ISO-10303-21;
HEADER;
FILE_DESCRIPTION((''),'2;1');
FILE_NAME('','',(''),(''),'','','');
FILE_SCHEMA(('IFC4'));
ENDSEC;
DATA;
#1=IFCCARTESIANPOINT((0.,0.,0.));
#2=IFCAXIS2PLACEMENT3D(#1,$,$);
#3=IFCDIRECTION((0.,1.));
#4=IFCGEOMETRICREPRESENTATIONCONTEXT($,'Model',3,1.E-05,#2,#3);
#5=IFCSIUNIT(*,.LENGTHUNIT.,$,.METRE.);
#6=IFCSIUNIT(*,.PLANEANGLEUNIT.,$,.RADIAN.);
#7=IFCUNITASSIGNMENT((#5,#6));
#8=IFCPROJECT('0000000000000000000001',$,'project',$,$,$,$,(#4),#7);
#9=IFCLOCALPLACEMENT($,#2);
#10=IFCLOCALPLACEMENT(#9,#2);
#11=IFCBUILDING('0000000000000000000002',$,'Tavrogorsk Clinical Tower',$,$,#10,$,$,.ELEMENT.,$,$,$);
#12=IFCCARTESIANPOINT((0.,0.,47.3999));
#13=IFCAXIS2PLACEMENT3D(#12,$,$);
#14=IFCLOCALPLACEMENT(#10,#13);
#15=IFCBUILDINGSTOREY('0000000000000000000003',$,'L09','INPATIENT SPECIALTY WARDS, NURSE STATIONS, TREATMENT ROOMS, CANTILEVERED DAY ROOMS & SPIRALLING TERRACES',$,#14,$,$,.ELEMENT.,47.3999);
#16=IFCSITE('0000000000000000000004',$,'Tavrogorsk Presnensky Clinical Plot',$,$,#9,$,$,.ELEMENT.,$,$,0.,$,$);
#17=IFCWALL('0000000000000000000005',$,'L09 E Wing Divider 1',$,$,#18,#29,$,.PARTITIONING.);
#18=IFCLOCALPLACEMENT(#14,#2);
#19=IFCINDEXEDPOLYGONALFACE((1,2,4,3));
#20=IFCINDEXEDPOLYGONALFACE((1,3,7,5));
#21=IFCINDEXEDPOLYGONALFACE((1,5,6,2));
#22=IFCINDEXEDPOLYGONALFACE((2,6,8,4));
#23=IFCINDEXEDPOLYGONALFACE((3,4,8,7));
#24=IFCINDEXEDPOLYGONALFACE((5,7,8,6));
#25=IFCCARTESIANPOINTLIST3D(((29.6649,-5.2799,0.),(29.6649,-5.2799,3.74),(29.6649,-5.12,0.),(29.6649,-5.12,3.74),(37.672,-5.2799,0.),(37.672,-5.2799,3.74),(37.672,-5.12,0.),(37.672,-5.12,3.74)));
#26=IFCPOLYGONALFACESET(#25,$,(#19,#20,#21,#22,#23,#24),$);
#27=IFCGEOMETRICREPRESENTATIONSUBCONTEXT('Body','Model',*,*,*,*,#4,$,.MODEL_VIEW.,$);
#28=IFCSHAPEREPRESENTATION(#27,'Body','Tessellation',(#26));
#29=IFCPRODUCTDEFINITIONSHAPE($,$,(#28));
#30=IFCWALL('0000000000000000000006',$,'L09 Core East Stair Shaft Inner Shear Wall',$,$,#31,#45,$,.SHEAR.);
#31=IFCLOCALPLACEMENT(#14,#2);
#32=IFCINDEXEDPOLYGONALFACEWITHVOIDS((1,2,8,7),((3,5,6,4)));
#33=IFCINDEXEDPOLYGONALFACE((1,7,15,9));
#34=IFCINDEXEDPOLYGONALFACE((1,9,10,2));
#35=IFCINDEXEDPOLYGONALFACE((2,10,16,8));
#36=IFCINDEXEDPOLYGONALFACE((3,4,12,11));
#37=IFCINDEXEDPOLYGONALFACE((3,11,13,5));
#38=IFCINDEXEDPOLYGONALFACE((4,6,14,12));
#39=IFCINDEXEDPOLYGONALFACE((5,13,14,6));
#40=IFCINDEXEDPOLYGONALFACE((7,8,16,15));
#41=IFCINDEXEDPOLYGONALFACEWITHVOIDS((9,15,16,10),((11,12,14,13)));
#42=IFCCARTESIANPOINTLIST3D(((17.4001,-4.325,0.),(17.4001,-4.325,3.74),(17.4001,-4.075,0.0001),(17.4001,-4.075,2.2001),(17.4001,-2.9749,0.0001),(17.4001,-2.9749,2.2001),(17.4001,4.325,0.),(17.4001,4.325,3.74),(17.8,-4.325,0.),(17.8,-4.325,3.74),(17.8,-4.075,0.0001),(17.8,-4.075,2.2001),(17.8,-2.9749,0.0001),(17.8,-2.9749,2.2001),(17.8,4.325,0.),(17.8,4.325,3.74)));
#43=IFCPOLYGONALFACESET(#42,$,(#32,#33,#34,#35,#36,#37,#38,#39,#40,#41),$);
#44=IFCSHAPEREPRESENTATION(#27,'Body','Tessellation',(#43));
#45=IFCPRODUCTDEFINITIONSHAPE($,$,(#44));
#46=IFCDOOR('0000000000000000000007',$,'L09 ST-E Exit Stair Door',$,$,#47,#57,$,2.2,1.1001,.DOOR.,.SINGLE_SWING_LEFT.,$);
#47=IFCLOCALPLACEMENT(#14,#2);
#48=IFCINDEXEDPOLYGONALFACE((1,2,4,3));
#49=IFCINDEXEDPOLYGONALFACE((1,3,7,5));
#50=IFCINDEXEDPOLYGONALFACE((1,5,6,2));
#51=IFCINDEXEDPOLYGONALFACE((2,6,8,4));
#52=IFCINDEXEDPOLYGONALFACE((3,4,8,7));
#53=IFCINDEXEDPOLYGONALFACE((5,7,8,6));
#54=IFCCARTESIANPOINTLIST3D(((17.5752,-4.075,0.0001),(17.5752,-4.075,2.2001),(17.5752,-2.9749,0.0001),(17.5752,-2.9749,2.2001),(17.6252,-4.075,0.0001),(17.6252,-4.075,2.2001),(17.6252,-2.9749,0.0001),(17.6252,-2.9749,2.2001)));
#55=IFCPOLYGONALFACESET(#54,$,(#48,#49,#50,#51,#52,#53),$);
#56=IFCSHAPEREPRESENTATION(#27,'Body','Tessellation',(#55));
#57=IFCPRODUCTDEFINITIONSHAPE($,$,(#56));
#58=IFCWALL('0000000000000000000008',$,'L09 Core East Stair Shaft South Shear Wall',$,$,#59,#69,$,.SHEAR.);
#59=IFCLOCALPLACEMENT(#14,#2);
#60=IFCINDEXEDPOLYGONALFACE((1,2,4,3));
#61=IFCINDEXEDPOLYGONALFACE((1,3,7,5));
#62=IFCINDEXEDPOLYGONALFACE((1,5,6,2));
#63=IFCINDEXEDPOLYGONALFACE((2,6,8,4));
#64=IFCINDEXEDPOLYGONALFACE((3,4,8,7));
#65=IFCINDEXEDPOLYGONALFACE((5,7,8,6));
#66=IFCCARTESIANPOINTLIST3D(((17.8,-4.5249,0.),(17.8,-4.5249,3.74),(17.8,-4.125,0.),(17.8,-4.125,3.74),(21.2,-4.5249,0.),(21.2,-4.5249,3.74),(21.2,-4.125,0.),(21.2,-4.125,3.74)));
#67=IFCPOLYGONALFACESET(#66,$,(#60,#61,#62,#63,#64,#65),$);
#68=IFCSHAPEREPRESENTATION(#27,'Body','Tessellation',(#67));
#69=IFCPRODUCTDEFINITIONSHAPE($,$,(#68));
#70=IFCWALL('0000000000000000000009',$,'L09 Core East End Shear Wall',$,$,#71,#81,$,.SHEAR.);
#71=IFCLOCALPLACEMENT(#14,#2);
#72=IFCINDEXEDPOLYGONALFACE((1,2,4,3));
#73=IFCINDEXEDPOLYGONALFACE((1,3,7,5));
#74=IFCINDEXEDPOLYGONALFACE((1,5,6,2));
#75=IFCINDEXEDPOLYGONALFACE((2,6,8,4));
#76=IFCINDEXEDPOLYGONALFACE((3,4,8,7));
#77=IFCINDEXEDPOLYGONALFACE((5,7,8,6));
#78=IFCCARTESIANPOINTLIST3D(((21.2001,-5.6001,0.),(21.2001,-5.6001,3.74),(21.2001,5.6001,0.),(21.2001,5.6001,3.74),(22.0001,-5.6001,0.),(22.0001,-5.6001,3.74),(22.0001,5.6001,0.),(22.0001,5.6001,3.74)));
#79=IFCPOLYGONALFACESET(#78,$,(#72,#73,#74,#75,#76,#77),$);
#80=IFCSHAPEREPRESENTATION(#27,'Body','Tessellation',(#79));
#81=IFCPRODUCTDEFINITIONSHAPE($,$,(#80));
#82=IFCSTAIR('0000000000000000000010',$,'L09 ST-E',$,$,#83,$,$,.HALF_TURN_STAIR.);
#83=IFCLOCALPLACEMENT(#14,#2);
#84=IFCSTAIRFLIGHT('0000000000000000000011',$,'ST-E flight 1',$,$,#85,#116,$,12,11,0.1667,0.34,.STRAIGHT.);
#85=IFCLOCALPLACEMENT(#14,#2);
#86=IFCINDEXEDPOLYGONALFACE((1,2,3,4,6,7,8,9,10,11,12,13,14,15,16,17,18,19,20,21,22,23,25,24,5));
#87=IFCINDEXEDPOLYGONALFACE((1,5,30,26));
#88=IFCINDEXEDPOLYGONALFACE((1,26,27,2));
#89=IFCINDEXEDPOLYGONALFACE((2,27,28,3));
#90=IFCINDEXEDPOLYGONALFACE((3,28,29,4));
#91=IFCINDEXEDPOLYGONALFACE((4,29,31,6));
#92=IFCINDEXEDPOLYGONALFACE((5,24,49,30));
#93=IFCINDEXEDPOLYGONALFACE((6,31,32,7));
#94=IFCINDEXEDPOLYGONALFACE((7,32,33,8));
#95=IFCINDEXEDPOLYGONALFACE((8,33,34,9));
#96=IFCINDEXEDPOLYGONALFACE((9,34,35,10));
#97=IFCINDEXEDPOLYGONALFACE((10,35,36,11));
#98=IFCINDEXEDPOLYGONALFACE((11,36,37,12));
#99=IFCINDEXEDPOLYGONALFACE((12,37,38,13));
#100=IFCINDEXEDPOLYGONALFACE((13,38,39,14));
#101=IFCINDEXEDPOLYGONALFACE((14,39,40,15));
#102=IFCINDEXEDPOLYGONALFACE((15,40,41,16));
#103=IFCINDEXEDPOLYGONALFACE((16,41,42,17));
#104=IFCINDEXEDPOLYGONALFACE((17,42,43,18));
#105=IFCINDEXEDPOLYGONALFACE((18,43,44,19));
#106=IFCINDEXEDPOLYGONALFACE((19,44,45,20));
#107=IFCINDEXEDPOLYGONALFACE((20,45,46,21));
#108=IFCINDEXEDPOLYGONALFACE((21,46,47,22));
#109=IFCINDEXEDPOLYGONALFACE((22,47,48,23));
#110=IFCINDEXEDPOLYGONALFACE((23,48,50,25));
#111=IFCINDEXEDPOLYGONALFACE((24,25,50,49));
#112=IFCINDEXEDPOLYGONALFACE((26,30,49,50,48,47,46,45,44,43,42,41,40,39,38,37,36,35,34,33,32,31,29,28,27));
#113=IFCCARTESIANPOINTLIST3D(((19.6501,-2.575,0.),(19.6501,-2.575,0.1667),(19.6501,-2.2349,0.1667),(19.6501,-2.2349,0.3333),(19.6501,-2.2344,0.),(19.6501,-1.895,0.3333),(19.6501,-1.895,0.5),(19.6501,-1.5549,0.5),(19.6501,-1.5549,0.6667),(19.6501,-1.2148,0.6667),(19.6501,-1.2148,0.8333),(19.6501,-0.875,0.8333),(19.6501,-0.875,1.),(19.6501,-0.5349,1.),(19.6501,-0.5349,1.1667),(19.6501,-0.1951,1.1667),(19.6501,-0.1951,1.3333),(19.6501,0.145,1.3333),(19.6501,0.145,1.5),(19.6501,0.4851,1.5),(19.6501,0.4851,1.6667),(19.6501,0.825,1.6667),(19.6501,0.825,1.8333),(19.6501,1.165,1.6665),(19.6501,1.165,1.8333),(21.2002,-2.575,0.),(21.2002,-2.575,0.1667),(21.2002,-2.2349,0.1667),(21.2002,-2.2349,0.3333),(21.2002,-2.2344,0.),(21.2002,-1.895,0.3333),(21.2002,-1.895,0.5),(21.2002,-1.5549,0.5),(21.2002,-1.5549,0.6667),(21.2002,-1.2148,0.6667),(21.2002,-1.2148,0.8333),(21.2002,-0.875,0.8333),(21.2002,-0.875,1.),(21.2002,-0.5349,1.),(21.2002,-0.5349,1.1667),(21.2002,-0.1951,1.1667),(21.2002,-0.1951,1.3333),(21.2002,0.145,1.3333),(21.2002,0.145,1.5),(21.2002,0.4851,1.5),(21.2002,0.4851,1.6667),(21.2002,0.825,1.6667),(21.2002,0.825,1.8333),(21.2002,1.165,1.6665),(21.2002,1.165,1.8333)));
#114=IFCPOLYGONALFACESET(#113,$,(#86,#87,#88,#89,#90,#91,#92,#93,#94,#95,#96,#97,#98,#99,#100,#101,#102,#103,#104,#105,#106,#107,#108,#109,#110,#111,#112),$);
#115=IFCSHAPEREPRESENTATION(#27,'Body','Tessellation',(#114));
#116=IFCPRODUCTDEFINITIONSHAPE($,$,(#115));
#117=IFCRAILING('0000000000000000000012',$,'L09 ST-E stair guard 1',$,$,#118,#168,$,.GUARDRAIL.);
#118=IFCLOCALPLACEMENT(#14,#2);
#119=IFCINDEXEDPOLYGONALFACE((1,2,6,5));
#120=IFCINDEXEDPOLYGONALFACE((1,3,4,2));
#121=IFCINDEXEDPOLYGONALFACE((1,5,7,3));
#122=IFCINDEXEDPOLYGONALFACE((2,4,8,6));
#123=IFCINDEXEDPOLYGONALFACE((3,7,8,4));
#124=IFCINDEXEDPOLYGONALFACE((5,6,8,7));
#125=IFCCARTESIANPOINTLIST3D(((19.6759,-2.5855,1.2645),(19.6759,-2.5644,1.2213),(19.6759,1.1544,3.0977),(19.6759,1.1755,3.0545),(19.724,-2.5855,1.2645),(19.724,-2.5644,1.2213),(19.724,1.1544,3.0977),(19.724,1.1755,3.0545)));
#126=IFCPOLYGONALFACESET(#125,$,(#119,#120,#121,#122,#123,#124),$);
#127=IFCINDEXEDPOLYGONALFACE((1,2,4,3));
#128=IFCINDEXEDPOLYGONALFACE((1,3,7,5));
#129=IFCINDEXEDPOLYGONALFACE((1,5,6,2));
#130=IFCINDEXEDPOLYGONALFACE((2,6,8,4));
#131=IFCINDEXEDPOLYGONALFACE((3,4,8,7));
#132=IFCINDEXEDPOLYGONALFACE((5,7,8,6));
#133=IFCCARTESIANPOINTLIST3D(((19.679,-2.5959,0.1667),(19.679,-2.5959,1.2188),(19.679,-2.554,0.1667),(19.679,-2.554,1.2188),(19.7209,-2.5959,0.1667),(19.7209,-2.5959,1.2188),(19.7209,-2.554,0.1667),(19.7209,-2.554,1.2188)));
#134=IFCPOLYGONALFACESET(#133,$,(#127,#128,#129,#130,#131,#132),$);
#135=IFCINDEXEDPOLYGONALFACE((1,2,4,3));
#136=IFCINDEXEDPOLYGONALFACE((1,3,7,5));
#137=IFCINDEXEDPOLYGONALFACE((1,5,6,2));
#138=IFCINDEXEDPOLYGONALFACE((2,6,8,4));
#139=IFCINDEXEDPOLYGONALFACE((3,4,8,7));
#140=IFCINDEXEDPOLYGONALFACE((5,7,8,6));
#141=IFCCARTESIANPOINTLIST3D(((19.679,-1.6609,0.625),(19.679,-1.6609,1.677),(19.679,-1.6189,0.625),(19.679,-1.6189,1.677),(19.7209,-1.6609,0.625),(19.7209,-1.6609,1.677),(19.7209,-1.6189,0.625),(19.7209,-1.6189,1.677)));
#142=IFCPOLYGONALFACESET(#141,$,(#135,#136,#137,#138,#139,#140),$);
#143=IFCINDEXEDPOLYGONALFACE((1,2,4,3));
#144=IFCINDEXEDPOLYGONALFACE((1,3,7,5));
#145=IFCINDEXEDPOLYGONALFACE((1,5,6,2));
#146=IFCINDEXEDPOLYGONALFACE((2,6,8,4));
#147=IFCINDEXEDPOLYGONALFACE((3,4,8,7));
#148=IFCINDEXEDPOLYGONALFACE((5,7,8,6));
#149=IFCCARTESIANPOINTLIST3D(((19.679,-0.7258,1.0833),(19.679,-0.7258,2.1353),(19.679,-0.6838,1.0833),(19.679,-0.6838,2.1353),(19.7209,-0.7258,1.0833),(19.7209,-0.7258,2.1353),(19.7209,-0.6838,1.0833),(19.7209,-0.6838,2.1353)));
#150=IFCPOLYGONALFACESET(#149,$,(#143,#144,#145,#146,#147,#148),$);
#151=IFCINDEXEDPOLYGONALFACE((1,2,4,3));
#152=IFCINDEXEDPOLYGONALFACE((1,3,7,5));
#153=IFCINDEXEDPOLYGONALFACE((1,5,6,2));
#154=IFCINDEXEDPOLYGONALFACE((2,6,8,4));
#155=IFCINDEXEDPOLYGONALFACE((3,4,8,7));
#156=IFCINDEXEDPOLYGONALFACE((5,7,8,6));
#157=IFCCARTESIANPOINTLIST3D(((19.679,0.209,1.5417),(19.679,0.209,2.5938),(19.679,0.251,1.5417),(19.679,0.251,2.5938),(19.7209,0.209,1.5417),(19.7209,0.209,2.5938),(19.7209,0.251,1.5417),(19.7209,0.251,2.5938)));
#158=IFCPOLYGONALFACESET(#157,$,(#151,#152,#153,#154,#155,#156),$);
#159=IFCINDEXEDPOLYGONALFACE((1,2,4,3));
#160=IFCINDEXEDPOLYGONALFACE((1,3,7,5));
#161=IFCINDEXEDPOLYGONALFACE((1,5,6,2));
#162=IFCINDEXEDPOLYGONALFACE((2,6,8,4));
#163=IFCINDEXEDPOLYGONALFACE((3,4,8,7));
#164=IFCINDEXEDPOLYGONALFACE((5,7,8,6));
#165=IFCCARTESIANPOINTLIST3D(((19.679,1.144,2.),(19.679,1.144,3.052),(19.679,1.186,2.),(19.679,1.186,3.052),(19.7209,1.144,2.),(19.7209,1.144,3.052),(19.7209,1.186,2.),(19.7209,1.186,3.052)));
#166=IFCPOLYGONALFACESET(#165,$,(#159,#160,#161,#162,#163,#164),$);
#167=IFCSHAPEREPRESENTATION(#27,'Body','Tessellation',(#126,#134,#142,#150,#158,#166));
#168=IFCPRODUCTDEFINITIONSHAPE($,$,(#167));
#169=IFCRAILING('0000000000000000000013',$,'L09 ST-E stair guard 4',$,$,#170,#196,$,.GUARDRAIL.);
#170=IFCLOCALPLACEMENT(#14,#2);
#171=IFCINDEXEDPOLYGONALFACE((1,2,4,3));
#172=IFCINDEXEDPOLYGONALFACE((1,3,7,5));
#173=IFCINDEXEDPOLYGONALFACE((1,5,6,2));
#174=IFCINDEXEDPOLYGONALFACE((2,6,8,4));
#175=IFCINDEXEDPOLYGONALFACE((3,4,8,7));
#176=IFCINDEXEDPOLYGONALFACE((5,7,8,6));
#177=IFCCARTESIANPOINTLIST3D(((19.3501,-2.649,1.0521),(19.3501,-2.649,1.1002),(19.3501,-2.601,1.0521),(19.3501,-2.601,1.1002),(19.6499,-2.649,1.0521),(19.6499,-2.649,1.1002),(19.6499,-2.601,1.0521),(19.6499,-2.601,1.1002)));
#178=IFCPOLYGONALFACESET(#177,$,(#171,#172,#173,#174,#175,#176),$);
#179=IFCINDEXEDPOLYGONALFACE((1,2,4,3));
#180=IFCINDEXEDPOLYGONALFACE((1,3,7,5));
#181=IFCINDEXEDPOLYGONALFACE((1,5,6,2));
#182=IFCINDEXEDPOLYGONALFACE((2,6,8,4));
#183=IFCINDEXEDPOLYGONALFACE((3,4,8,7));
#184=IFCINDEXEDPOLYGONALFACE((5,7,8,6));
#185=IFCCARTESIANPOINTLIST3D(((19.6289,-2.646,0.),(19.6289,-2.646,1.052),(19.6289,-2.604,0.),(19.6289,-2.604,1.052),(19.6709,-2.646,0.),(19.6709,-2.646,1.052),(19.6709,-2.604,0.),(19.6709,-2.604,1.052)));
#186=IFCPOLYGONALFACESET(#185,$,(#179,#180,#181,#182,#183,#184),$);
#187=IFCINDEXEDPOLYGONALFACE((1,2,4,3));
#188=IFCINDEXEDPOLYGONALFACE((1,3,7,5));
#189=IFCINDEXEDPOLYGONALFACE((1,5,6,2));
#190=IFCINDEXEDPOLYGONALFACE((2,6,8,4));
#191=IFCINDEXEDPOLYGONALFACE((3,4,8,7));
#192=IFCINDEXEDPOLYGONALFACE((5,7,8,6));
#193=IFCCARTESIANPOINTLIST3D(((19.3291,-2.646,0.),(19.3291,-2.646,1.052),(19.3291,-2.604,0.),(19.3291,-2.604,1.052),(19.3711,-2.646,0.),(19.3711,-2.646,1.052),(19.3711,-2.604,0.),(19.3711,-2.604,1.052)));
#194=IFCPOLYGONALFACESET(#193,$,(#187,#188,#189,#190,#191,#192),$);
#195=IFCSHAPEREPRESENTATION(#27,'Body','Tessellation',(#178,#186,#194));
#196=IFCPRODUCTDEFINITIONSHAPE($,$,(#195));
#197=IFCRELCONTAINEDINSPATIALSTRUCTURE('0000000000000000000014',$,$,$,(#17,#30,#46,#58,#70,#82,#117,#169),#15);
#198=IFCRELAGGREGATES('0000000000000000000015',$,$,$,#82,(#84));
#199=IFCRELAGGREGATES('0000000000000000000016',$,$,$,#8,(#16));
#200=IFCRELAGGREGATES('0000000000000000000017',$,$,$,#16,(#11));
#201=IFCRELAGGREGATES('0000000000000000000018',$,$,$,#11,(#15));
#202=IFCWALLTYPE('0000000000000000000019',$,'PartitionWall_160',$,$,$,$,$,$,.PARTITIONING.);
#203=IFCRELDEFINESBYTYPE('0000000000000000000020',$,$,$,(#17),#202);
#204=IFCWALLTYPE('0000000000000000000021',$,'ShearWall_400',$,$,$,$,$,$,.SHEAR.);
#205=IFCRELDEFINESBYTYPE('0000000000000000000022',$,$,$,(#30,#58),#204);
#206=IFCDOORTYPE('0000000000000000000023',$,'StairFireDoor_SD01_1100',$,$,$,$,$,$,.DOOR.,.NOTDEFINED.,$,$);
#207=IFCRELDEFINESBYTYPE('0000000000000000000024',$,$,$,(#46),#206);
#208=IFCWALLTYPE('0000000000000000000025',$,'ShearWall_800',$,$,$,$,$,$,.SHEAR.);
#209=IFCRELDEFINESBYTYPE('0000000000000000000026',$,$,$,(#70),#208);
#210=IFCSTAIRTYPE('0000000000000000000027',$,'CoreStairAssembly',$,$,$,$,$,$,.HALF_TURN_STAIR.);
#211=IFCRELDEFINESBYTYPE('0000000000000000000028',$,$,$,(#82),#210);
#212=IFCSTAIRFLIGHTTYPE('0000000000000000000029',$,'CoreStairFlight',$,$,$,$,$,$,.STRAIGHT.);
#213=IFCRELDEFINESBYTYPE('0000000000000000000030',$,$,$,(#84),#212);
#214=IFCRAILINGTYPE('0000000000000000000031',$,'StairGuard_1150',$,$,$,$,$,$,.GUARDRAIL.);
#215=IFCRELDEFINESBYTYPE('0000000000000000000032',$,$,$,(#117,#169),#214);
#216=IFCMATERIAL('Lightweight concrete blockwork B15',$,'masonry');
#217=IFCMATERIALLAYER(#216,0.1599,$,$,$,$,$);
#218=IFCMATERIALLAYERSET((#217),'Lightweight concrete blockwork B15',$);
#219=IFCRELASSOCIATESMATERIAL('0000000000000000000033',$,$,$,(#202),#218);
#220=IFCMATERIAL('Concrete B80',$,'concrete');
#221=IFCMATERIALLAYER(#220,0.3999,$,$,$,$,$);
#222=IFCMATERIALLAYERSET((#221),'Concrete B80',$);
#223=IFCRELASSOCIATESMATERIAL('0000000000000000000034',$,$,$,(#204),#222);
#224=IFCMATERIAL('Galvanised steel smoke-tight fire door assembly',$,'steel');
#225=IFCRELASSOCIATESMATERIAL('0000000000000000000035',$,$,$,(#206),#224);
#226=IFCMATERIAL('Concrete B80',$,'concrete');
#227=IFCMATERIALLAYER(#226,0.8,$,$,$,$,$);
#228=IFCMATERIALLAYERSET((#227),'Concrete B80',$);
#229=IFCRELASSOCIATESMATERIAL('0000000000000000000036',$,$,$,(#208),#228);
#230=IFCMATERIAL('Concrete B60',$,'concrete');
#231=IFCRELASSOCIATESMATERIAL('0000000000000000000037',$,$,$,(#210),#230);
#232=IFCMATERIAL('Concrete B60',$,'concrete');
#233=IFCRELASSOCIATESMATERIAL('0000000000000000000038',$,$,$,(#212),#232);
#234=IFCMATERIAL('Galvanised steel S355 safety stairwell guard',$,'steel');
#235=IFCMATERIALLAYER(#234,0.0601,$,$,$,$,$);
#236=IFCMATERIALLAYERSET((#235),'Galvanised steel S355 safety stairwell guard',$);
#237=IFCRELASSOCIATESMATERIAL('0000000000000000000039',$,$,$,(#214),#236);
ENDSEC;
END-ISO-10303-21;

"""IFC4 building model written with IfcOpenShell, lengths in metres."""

from ifc_helpers import new_model, si_unit, direction, frame, frame_2d, origin, origin_2d, place, context, subcontext, project, spatial, polyline, rectangle, outline, extrude, material, layer, layer_set, type_object, element, fill, aggregate, save


model = new_model("IFC4")

# Units and contexts
model_context = context("Model", 3, precision=1e-05, world=origin(), true_north=direction((0.0, 1.0)))
body_context = subcontext(model_context, "Body", "Model", "MODEL_VIEW")
ifc_project = project(units=[si_unit("LENGTHUNIT", "METRE"), si_unit("PLANEANGLEUNIT", "RADIAN")], contexts=[model_context])

# Site, building, storey
site_placement = place(None, origin())
site = spatial("IfcSite", under=ifc_project, at=site_placement, Name="Tavrogorsk Presnensky Clinical Plot", CompositionType="ELEMENT", RefElevation=0.0)
building_placement = place(site_placement, origin())
building = spatial("IfcBuilding", under=site, at=building_placement, Name="Tavrogorsk Clinical Tower", CompositionType="ELEMENT")
storey_placement = place(building_placement, frame((0.0, 0.0, 47.3999)))
storey = spatial("IfcBuildingStorey", under=building, at=storey_placement, Name="L09", Description="INPATIENT SPECIALTY WARDS, NURSE STATIONS, TREATMENT ROOMS, CANTILEVERED DAY ROOMS & SPIRALLING TERRACES", CompositionType="ELEMENT", Elevation=47.3999)

# Shared definitions
ifc_material_1 = material(Name="Lightweight concrete blockwork B15", Category="masonry")
ifc_layer_1 = layer(ifc_material_1, 0.1599)
ifc_layer_set_1 = layer_set([ifc_layer_1], Name="Lightweight concrete blockwork B15")
wall_type_1 = type_object("IfcWallType", Name="PartitionWall_160", PredefinedType="PARTITIONING", material=ifc_layer_set_1)

# Wall
wall_1_placement = place(storey_placement, frame((29.665, -5.2, 0.0), z_axis=(0.0, 0.0, 1.0), x_axis=(1.0, 0.0, 0.0)))
element("IfcWall", 1, at=wall_1_placement, inside=storey, type_object=wall_type_1, Name="L09 E Wing Divider 1", PredefinedType="PARTITIONING", context=body_context, shape_type="SweptSolid", body=[
    extrude(rectangle(XDim=8.0071, YDim=0.1599, at=frame_2d((4.0034, 0.0))), origin(), (0.0, 0.0, 1.0), 3.74),
])

# Wall, opening, door
ifc_material_2 = material(Name="Concrete B80", Category="concrete")
ifc_layer_2 = layer(ifc_material_2, 0.3999)
ifc_layer_set_2 = layer_set([ifc_layer_2], Name="Concrete B80")
wall_type_2 = type_object("IfcWallType", Name="ShearWall_400", PredefinedType="SHEAR", material=ifc_layer_set_2)
wall_2_placement = place(storey_placement, frame((17.6001, -4.325, 0.0), z_axis=(0.0, 0.0, 1.0), x_axis=(0.0, 1.0, 0.0)))
wall_2 = element("IfcWall", 2, at=wall_2_placement, inside=storey, type_object=wall_type_2, Name="L09 Core East Stair Shaft Inner Shear Wall", PredefinedType="SHEAR", context=body_context, shape_type="SweptSolid", body=[
    extrude(rectangle(XDim=8.6499, YDim=0.3999, at=frame_2d((4.325, 0.0))), origin(), (0.0, 0.0, 1.0), 3.74),
])
opening_1_placement = place(wall_2_placement, frame((0.25, 0.0, 0.0)))
opening_1 = element("IfcOpeningElement", 3, at=opening_1_placement, cuts=wall_2, PredefinedType="OPENING", context=body_context, shape_type="SweptSolid", body=[
    extrude(rectangle(XDim=1.1001, YDim=2.2, at=frame_2d((0.55, 1.1001))), frame((0.0, 0.21, 0.0), z_axis=(0.0, -1.0, 0.0), x_axis=(1.0, 0.0, 0.0)), (0.0, 0.0, 1.0), 0.4199),
])
ifc_material_3 = material(Name="Galvanised steel smoke-tight fire door assembly", Category="steel")
door_type_1 = type_object("IfcDoorType", Name="StairFireDoor_SD01_1100", OperationType="NOTDEFINED", PredefinedType="DOOR", material=ifc_material_3)
door_1_placement = place(opening_1_placement, origin())
door_1 = element("IfcDoor", 4, at=door_1_placement, inside=storey, type_object=door_type_1, Name="L09 ST-E Exit Stair Door", OperationType="SINGLE_SWING_LEFT", OverallHeight=2.2, OverallWidth=1.1001, PredefinedType="DOOR", context=body_context, shape_type="SweptSolid", body=[
    extrude(rectangle(XDim=1.1001, YDim=2.2, at=frame_2d((0.55, 1.1001))), frame((0.0, 0.0249, 0.0), z_axis=(0.0, -1.0, 0.0), x_axis=(1.0, 0.0, 0.0)), (0.0, 0.0, 1.0), 0.05),
])
fill(opening_1, door_1)

# Walls
wall_3_placement = place(storey_placement, frame((17.8, -4.325, 0.0), z_axis=(0.0, 0.0, 1.0), x_axis=(1.0, 0.0, 0.0)))
element("IfcWall", 5, at=wall_3_placement, inside=storey, type_object=wall_type_2, Name="L09 Core East Stair Shaft South Shear Wall", PredefinedType="SHEAR", context=body_context, shape_type="SweptSolid", body=[
    extrude(rectangle(XDim=3.3999, YDim=0.3999, at=frame_2d((1.7, 0.0))), origin(), (0.0, 0.0, 1.0), 3.74),
])
ifc_material_4 = material(Name="Concrete B80", Category="concrete")
ifc_layer_3 = layer(ifc_material_4, 0.8)
ifc_layer_set_3 = layer_set([ifc_layer_3], Name="Concrete B80")
wall_type_3 = type_object("IfcWallType", Name="ShearWall_800", PredefinedType="SHEAR", material=ifc_layer_set_3)
wall_4_placement = place(storey_placement, frame((21.6001, -5.6001, 0.0), z_axis=(0.0, 0.0, 1.0), x_axis=(0.0, 1.0, 0.0)))
element("IfcWall", 6, at=wall_4_placement, inside=storey, type_object=wall_type_3, Name="L09 Core East End Shear Wall", PredefinedType="SHEAR", context=body_context, shape_type="SweptSolid", body=[
    extrude(rectangle(XDim=11.2002, YDim=0.8, at=frame_2d((5.6001, 0.0))), origin(), (0.0, 0.0, 1.0), 3.74),
])

# Stair, stair flight
ifc_material_5 = material(Name="Concrete B60", Category="concrete")
stair_type = type_object("IfcStairType", Name="CoreStairAssembly", PredefinedType="HALF_TURN_STAIR", material=ifc_material_5)
stair_placement = place(storey_placement, origin())
stair = element("IfcStair", 7, at=stair_placement, inside=storey, type_object=stair_type, Name="L09 ST-E", PredefinedType="HALF_TURN_STAIR")
ifc_material_6 = material(Name="Concrete B60", Category="concrete")
stair_flight_type = type_object("IfcStairFlightType", Name="CoreStairFlight", PredefinedType="STRAIGHT", material=ifc_material_6)
stair_flight_placement = place(storey_placement, frame((20.425, -2.575, 0.0), z_axis=(0.0, 0.0, 1.0), x_axis=(0.0, 1.0, 0.0)))
stair_flight = element("IfcStairFlight", 8, at=stair_flight_placement, type_object=stair_flight_type, Name="ST-E flight 1", NumberOfRisers=12, NumberOfTreads=11, PredefinedType="STRAIGHT", RiserHeight=0.1667, TreadLength=0.34, context=body_context, shape_type="SweptSolid", body=[
    extrude(outline(polyline([(0.0, 0.0), (0.0, 0.1667), (0.3401, 0.1667), (0.3401, 0.3333), (0.6799, 0.3333), (0.6799, 0.5), (1.02, 0.5), (1.02, 0.6667), (1.3601, 0.6667), (1.3601, 0.8333), (1.7, 0.8333), (1.7, 1.0), (2.04, 1.0), (2.04, 1.1667), (2.3799, 1.1667), (2.3799, 1.3333), (2.72, 1.3333), (2.72, 1.5), (3.0601, 1.5), (3.0601, 1.6667), (3.3999, 1.6667), (3.3999, 1.8333), (3.74, 1.8333), (3.74, 2.0), (3.74, 1.6665), (0.3406, 0.0), (0.0, 0.0)])), frame((0.0, 0.7749, 0.0), z_axis=(0.0, -1.0, 0.0), x_axis=(1.0, 0.0, 0.0)), (0.0, 0.0, 1.0), 1.55),
])
aggregate(stair, [stair_flight])

# Railings
ifc_material_7 = material(Name="Galvanised steel S355 safety stairwell guard", Category="steel")
ifc_layer_4 = layer(ifc_material_7, 0.0601)
ifc_layer_set_4 = layer_set([ifc_layer_4], Name="Galvanised steel S355 safety stairwell guard")
railing_type_1 = type_object("IfcRailingType", Name="StairGuard_1150", PredefinedType="GUARDRAIL", material=ifc_layer_set_4)
railing_1_placement = place(storey_placement, frame((19.7, -2.575, 0.1667)))
element("IfcRailing", 9, at=railing_1_placement, inside=storey, type_object=railing_type_1, Name="L09 ST-E stair guard 1", PredefinedType="GUARDRAIL", context=body_context, shape_type="SweptSolid", body=[
    extrude(rectangle(XDim=0.0481, YDim=0.0481, at=origin_2d()), frame((0.0, 0.0, 1.0762), z_axis=(0.0, 0.897928, 0.440142), x_axis=(-1.0, 0.0, 0.0)), (0.0, 0.0, 1.0), 4.165),
    extrude(rectangle(XDim=0.042, YDim=0.042, at=origin_2d()), origin(), (0.0, 0.0, 1.0), 1.052),
    extrude(rectangle(XDim=0.042, YDim=0.042, at=origin_2d()), frame((0.0, 0.9351, 0.4583)), (0.0, 0.0, 1.0), 1.052),
    extrude(rectangle(XDim=0.042, YDim=0.042, at=origin_2d()), frame((0.0, 1.8701, 0.9165)), (0.0, 0.0, 1.0), 1.052),
    extrude(rectangle(XDim=0.042, YDim=0.042, at=origin_2d()), frame((0.0, 2.8049, 1.375)), (0.0, 0.0, 1.0), 1.052),
    extrude(rectangle(XDim=0.042, YDim=0.042, at=origin_2d()), frame((0.0, 3.74, 1.8333)), (0.0, 0.0, 1.0), 1.052),
])
railing_2_placement = place(storey_placement, frame((19.6499, -2.625, 0.0)))
element("IfcRailing", 10, at=railing_2_placement, inside=storey, type_object=railing_type_1, Name="L09 ST-E stair guard 4", PredefinedType="GUARDRAIL", context=body_context, shape_type="SweptSolid", body=[
    extrude(rectangle(XDim=0.0481, YDim=0.0481, at=origin_2d()), frame((0.0, 0.0, 1.0762), z_axis=(-1.0, 0.0, 0.0), x_axis=(0.0, -1.0, 0.0)), (0.0, 0.0, 1.0), 0.2998),
    extrude(rectangle(XDim=0.042, YDim=0.042, at=origin_2d()), origin(), (0.0, 0.0, 1.0), 1.052),
    extrude(rectangle(XDim=0.042, YDim=0.042, at=origin_2d()), frame((-0.2998, 0.0, 0.0)), (0.0, 0.0, 1.0), 1.052),
])

save(model, "model.ifc")
